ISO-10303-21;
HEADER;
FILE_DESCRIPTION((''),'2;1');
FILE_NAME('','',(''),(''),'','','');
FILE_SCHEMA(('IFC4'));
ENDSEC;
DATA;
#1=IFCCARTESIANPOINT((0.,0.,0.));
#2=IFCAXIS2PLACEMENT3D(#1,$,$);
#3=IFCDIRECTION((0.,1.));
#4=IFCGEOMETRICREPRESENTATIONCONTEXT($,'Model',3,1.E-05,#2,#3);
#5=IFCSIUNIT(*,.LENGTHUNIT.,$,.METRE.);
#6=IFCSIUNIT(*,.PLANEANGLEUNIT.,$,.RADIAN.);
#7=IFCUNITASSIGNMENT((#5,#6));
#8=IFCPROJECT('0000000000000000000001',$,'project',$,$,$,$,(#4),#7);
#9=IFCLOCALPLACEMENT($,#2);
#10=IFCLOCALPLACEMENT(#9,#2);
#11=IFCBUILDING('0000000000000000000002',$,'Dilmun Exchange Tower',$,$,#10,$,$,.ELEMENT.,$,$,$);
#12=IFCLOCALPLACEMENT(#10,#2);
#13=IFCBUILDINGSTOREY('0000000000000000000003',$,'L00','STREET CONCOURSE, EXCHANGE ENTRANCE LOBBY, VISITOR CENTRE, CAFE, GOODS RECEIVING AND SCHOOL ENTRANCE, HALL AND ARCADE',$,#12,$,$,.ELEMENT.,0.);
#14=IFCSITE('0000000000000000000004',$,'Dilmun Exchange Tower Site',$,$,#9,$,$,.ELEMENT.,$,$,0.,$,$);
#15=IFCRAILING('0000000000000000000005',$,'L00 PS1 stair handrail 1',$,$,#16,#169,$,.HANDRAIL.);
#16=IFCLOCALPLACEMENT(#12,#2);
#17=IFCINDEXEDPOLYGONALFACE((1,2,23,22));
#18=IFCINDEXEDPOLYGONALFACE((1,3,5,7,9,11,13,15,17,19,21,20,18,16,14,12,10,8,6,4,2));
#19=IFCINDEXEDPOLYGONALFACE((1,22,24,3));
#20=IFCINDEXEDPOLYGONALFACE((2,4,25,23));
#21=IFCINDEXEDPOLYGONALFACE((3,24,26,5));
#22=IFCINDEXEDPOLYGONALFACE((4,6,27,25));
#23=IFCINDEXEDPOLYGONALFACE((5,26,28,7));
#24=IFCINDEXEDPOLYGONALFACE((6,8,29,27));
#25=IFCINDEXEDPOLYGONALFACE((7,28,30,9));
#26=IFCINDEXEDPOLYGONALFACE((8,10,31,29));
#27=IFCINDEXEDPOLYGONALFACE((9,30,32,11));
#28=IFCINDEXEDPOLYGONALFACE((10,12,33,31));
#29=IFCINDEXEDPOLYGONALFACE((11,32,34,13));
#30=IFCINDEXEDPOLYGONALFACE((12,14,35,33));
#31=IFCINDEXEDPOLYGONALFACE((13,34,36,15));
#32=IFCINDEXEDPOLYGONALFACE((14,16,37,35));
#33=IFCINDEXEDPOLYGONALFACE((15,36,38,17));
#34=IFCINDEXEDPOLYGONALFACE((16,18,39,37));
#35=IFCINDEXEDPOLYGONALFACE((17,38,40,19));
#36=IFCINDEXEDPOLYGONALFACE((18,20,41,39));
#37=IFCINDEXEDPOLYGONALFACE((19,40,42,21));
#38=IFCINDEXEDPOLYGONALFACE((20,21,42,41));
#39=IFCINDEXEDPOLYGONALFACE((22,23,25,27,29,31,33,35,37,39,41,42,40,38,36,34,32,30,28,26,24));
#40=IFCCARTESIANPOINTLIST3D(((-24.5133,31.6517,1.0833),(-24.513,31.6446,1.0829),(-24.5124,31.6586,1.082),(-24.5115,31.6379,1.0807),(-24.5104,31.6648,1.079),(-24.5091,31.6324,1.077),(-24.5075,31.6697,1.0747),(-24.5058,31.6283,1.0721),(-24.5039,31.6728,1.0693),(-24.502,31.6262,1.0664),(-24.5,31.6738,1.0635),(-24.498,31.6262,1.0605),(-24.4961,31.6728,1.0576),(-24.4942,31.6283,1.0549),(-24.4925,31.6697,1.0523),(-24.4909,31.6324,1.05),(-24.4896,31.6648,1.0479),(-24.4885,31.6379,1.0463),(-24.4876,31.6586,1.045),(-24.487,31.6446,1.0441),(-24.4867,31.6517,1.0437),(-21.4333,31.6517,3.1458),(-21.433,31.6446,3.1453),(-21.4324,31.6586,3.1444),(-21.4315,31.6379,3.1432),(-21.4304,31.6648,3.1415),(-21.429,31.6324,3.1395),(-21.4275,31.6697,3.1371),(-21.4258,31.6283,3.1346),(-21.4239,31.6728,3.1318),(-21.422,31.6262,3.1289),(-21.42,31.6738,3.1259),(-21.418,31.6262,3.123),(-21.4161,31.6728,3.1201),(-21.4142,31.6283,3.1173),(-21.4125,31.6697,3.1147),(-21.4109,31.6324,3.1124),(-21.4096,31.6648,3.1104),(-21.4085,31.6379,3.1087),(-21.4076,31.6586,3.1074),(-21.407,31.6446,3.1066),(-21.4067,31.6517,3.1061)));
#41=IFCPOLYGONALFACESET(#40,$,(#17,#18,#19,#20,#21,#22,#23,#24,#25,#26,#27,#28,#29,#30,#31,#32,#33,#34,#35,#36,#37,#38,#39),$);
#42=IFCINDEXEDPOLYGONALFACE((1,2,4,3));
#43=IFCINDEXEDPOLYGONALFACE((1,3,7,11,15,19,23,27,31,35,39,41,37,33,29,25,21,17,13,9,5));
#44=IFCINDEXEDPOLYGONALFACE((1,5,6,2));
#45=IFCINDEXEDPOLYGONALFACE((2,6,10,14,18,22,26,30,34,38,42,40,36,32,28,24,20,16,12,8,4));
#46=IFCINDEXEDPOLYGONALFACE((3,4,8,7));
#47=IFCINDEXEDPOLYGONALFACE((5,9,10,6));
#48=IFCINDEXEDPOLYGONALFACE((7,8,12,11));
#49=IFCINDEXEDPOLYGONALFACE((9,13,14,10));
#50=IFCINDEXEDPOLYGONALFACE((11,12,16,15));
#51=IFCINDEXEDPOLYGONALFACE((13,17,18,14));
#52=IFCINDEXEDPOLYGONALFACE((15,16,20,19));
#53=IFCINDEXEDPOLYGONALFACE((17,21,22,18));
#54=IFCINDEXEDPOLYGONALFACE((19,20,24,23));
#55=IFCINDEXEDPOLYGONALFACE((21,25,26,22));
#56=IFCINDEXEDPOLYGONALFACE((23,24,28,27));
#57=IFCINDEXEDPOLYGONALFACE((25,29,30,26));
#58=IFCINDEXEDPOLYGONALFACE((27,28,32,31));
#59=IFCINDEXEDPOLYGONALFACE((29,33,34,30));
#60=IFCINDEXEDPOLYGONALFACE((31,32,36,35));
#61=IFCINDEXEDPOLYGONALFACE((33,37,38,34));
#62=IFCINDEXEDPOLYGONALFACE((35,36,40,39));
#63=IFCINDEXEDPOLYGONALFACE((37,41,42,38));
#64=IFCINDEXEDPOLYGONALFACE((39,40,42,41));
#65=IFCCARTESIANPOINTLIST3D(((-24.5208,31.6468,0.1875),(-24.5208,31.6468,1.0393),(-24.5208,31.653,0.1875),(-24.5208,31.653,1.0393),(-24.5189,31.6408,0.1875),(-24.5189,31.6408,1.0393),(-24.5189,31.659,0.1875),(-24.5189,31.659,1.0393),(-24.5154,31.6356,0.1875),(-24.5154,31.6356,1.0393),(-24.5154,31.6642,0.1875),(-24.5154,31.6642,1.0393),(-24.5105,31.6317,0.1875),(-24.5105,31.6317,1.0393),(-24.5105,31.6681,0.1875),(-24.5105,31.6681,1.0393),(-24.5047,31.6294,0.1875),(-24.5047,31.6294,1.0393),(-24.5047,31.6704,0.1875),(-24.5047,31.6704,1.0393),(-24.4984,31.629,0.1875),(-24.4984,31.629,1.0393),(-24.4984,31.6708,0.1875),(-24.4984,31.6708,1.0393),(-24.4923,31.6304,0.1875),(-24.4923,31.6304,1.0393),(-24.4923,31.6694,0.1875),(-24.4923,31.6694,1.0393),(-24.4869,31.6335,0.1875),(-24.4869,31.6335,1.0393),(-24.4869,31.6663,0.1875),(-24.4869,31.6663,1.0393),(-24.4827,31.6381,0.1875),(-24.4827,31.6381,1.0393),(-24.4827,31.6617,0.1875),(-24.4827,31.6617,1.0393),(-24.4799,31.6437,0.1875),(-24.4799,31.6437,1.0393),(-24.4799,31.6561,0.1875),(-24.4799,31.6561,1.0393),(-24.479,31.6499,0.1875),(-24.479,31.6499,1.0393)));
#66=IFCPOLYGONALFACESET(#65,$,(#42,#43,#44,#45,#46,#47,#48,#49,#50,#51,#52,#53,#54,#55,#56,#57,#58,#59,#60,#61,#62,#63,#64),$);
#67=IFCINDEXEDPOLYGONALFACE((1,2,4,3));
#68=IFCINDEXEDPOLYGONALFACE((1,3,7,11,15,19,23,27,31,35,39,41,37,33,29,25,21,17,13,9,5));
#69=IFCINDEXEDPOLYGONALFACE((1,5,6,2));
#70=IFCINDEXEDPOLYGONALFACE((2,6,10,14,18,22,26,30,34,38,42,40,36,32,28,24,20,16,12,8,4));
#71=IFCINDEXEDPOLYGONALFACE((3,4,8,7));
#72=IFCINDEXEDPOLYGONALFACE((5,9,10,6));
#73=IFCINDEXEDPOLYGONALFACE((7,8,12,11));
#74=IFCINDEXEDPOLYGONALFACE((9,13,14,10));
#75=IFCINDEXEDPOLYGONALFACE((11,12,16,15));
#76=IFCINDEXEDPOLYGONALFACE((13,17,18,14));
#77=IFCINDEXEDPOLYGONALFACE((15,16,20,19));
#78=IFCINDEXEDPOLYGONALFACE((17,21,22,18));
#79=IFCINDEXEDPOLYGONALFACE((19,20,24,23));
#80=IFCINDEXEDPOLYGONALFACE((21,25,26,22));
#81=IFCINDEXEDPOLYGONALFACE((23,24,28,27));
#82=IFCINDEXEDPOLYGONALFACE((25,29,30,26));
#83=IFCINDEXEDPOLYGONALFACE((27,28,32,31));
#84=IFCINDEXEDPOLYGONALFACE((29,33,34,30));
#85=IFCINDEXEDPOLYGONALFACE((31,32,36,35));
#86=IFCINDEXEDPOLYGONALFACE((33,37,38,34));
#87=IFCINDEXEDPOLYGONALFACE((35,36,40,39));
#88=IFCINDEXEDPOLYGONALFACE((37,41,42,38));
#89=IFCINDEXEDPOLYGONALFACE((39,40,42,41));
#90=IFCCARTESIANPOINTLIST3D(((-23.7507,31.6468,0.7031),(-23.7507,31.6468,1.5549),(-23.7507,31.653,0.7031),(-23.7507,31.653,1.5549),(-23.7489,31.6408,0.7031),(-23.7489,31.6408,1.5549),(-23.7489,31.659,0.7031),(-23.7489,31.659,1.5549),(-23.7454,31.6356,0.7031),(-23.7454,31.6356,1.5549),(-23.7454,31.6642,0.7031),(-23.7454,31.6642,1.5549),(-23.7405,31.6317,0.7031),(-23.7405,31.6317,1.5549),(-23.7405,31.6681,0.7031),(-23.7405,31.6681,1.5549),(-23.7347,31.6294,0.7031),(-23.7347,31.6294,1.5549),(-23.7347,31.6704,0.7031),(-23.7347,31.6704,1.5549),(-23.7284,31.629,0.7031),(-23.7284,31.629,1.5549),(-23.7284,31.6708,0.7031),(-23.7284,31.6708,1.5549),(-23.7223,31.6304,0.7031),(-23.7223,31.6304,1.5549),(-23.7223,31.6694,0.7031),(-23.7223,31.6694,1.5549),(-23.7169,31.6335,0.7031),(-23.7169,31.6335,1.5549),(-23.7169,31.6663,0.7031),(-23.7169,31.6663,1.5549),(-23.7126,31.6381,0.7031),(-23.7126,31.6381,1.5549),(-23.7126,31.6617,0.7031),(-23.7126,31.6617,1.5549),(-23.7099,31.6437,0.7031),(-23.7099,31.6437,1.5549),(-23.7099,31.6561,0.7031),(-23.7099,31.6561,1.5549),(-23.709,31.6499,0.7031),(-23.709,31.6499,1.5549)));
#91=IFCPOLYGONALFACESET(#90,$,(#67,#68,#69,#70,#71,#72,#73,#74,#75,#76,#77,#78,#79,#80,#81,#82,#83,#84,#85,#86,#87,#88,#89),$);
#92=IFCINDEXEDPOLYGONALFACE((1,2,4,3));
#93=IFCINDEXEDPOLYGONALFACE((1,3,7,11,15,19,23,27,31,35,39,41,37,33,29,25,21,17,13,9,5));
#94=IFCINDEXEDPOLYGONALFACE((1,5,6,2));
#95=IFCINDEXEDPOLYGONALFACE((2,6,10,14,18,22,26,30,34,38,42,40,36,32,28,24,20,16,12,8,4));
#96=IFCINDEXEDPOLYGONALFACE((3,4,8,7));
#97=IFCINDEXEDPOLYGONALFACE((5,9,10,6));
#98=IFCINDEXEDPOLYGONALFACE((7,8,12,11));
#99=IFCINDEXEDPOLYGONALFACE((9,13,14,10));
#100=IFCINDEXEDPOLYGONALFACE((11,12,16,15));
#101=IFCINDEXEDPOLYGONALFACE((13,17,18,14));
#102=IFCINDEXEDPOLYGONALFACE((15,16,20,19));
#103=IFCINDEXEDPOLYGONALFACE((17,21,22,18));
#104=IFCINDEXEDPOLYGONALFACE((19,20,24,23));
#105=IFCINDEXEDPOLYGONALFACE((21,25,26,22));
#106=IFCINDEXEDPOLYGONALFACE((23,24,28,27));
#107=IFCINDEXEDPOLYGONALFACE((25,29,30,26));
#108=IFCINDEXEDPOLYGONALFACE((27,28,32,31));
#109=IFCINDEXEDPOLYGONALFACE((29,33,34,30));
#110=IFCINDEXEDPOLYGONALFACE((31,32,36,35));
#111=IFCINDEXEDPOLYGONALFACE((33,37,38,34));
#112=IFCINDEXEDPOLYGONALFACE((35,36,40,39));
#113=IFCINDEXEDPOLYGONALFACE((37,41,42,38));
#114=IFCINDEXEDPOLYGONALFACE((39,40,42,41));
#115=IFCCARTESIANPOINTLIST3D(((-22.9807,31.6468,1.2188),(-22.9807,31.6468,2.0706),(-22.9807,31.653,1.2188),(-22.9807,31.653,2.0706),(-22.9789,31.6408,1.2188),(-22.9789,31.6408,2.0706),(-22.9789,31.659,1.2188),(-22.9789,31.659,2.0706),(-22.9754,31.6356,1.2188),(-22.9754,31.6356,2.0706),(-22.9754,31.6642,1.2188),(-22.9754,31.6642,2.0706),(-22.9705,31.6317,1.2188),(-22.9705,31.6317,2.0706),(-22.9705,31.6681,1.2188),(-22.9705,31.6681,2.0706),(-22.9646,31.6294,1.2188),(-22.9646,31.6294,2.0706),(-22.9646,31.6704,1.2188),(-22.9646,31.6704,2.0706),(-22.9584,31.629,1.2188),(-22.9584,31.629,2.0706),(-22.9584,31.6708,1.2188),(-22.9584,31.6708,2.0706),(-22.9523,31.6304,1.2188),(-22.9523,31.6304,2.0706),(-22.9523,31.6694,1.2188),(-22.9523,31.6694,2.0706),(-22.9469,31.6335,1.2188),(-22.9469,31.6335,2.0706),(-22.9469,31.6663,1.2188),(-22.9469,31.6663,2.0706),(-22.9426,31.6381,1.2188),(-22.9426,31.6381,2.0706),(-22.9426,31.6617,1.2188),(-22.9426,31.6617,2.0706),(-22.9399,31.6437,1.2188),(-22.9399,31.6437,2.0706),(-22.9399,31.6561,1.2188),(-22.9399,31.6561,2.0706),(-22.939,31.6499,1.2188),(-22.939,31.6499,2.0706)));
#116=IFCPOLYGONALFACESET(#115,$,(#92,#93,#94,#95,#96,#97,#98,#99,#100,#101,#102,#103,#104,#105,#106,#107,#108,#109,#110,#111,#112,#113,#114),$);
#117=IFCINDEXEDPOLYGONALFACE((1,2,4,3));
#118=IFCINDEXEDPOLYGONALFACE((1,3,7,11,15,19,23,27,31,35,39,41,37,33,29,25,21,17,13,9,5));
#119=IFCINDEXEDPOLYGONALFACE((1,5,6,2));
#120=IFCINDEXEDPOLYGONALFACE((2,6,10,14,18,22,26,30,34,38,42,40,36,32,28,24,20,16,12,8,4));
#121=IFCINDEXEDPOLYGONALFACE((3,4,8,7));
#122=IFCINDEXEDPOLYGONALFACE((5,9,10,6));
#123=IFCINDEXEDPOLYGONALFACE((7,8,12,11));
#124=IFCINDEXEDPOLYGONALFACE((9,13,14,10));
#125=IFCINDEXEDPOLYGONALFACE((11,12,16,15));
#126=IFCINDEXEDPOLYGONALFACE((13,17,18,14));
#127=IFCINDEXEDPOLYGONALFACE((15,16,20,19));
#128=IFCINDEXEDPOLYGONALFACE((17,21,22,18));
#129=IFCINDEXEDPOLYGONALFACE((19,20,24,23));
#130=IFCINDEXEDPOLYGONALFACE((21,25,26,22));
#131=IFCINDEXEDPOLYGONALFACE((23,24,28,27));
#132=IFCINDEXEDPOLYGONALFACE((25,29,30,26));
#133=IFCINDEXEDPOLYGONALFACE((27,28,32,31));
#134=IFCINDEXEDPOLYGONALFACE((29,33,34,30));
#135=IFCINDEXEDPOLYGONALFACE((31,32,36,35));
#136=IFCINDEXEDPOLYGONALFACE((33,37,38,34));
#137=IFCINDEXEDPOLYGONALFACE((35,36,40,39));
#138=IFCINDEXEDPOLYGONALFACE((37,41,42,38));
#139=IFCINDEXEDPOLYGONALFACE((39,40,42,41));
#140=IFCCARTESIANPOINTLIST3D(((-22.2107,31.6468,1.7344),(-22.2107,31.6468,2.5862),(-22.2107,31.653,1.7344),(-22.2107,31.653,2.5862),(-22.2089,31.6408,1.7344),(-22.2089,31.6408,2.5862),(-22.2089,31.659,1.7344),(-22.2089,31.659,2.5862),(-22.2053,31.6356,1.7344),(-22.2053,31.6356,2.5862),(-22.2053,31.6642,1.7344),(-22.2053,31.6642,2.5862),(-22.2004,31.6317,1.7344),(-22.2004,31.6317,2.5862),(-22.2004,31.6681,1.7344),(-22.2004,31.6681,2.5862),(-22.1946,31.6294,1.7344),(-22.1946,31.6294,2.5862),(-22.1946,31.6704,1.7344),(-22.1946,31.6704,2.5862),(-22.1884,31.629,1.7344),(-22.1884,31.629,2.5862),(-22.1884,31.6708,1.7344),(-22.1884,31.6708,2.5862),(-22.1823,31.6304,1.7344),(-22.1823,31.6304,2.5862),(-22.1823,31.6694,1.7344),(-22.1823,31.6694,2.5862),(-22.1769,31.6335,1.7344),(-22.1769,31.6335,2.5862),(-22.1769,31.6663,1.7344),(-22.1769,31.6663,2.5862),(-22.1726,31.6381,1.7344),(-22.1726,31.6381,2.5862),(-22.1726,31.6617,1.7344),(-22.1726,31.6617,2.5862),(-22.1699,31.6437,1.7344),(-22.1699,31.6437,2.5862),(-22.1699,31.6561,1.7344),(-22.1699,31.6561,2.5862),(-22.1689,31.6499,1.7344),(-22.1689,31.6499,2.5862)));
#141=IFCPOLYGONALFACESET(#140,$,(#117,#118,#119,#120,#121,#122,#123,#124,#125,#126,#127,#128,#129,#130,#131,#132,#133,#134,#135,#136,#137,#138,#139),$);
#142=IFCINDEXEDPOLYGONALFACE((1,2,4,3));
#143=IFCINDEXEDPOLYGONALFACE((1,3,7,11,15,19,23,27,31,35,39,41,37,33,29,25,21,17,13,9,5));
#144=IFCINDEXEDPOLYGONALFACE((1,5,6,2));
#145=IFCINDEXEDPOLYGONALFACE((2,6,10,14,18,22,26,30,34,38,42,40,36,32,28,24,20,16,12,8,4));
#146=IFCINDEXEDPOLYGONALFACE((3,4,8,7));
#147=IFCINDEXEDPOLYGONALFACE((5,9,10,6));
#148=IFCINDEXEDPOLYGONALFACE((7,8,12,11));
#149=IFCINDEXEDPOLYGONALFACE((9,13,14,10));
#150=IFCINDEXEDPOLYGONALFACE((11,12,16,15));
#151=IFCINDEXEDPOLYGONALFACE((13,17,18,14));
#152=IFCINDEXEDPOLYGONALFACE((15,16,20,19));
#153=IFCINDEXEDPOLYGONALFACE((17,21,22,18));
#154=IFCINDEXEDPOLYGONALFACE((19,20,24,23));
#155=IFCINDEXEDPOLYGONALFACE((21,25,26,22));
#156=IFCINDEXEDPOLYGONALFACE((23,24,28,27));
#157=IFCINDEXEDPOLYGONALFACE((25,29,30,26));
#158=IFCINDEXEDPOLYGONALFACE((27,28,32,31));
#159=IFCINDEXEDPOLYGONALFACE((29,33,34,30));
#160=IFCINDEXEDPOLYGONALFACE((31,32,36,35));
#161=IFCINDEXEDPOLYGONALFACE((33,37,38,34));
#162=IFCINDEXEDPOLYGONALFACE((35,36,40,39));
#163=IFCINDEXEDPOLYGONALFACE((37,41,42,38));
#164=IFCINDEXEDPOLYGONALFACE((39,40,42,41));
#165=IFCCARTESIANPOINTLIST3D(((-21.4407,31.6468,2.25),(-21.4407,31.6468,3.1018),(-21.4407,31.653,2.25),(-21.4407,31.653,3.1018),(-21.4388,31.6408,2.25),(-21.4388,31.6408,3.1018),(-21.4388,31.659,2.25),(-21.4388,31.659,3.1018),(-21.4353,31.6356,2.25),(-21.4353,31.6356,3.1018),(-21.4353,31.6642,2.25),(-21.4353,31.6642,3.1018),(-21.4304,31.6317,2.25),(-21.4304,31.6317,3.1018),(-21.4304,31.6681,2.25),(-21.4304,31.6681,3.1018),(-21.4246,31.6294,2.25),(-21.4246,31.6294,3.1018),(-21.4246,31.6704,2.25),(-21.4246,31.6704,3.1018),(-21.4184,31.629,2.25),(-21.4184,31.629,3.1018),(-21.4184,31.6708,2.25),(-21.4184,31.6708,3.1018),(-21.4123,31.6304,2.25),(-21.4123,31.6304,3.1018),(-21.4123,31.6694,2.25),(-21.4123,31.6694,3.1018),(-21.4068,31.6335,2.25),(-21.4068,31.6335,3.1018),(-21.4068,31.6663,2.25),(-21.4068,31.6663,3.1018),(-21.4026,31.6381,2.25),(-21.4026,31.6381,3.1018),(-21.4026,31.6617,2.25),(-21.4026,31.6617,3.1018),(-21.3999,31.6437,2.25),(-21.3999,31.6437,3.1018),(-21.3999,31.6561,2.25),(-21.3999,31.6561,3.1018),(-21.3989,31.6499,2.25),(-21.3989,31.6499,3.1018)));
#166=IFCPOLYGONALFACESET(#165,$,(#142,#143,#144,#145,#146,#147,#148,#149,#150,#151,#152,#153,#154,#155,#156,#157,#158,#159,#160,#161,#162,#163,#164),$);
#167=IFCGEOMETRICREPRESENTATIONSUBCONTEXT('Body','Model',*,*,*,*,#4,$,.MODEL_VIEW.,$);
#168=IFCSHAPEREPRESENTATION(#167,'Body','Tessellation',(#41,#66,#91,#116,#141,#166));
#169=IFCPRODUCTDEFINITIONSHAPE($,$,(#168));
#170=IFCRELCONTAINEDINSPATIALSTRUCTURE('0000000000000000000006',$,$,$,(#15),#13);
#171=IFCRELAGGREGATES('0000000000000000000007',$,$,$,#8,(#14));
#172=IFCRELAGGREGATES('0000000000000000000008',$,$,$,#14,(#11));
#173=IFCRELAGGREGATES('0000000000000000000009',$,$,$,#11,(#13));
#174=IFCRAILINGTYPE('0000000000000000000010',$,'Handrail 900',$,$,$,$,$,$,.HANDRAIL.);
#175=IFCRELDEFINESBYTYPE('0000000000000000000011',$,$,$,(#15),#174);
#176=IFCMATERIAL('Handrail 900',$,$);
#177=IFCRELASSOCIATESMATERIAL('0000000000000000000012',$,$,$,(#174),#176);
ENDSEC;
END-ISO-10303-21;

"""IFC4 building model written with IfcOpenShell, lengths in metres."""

from ifc_helpers import new_model, si_unit, direction, frame, origin, origin_2d, place, context, subcontext, project, spatial, circle, extrude, material, type_object, element, save


model = new_model("IFC4")

# Units and contexts
model_context = context("Model", 3, precision=1e-05, world=origin(), true_north=direction((0.0, 1.0)))
body_context = subcontext(model_context, "Body", "Model", "MODEL_VIEW")
ifc_project = project(units=[si_unit("LENGTHUNIT", "METRE"), si_unit("PLANEANGLEUNIT", "RADIAN")], contexts=[model_context])

# Site, building, storey
site_placement = place(None, origin())
site = spatial("IfcSite", under=ifc_project, at=site_placement, Name="Dilmun Exchange Tower Site", CompositionType="ELEMENT", RefElevation=0.0)
building_placement = place(site_placement, origin())
building = spatial("IfcBuilding", under=site, at=building_placement, Name="Dilmun Exchange Tower", CompositionType="ELEMENT")
storey_placement = place(building_placement, origin())
storey = spatial("IfcBuildingStorey", under=building, at=storey_placement, Name="L00", Description="STREET CONCOURSE, EXCHANGE ENTRANCE LOBBY, VISITOR CENTRE, CAFE, GOODS RECEIVING AND SCHOOL ENTRANCE, HALL AND ARCADE", CompositionType="ELEMENT", Elevation=0.0)

# Railing
ifc_material_1 = material(Name="Handrail 900")
railing_type_1 = type_object("IfcRailingType", Name="Handrail 900", PredefinedType="HANDRAIL", material=ifc_material_1)
railing_1_placement = place(storey_placement, frame((-24.5, 31.6499, 0.1875)))
element("IfcRailing", 1, at=railing_1_placement, inside=storey, type_object=railing_type_1, Name="L00 PS1 stair handrail 1", PredefinedType="HANDRAIL", context=body_context, shape_type="SweptSolid", body=[
    extrude(circle(Radius=0.0239, at=origin_2d()), frame((0.0, 0.0, 0.876), z_axis=(0.830914, 0.0, 0.556401), x_axis=(0.0, 1.0, 0.0)), (0.0, 0.0, 1.0), 3.7068),
    extrude(circle(Radius=0.021, at=origin_2d()), origin(), (0.0, 0.0, 1.0), 0.8518),
    extrude(circle(Radius=0.021, at=origin_2d()), frame((0.77, 0.0, 0.5156)), (0.0, 0.0, 1.0), 0.8518),
    extrude(circle(Radius=0.021, at=origin_2d()), frame((1.54, 0.0, 1.0312)), (0.0, 0.0, 1.0), 0.8518),
    extrude(circle(Radius=0.021, at=origin_2d()), frame((2.3101, 0.0, 1.5469)), (0.0, 0.0, 1.0), 0.8518),
    extrude(circle(Radius=0.021, at=origin_2d()), frame((3.0801, 0.0, 2.0625)), (0.0, 0.0, 1.0), 0.8518),
])

save(model, "model.ifc")
